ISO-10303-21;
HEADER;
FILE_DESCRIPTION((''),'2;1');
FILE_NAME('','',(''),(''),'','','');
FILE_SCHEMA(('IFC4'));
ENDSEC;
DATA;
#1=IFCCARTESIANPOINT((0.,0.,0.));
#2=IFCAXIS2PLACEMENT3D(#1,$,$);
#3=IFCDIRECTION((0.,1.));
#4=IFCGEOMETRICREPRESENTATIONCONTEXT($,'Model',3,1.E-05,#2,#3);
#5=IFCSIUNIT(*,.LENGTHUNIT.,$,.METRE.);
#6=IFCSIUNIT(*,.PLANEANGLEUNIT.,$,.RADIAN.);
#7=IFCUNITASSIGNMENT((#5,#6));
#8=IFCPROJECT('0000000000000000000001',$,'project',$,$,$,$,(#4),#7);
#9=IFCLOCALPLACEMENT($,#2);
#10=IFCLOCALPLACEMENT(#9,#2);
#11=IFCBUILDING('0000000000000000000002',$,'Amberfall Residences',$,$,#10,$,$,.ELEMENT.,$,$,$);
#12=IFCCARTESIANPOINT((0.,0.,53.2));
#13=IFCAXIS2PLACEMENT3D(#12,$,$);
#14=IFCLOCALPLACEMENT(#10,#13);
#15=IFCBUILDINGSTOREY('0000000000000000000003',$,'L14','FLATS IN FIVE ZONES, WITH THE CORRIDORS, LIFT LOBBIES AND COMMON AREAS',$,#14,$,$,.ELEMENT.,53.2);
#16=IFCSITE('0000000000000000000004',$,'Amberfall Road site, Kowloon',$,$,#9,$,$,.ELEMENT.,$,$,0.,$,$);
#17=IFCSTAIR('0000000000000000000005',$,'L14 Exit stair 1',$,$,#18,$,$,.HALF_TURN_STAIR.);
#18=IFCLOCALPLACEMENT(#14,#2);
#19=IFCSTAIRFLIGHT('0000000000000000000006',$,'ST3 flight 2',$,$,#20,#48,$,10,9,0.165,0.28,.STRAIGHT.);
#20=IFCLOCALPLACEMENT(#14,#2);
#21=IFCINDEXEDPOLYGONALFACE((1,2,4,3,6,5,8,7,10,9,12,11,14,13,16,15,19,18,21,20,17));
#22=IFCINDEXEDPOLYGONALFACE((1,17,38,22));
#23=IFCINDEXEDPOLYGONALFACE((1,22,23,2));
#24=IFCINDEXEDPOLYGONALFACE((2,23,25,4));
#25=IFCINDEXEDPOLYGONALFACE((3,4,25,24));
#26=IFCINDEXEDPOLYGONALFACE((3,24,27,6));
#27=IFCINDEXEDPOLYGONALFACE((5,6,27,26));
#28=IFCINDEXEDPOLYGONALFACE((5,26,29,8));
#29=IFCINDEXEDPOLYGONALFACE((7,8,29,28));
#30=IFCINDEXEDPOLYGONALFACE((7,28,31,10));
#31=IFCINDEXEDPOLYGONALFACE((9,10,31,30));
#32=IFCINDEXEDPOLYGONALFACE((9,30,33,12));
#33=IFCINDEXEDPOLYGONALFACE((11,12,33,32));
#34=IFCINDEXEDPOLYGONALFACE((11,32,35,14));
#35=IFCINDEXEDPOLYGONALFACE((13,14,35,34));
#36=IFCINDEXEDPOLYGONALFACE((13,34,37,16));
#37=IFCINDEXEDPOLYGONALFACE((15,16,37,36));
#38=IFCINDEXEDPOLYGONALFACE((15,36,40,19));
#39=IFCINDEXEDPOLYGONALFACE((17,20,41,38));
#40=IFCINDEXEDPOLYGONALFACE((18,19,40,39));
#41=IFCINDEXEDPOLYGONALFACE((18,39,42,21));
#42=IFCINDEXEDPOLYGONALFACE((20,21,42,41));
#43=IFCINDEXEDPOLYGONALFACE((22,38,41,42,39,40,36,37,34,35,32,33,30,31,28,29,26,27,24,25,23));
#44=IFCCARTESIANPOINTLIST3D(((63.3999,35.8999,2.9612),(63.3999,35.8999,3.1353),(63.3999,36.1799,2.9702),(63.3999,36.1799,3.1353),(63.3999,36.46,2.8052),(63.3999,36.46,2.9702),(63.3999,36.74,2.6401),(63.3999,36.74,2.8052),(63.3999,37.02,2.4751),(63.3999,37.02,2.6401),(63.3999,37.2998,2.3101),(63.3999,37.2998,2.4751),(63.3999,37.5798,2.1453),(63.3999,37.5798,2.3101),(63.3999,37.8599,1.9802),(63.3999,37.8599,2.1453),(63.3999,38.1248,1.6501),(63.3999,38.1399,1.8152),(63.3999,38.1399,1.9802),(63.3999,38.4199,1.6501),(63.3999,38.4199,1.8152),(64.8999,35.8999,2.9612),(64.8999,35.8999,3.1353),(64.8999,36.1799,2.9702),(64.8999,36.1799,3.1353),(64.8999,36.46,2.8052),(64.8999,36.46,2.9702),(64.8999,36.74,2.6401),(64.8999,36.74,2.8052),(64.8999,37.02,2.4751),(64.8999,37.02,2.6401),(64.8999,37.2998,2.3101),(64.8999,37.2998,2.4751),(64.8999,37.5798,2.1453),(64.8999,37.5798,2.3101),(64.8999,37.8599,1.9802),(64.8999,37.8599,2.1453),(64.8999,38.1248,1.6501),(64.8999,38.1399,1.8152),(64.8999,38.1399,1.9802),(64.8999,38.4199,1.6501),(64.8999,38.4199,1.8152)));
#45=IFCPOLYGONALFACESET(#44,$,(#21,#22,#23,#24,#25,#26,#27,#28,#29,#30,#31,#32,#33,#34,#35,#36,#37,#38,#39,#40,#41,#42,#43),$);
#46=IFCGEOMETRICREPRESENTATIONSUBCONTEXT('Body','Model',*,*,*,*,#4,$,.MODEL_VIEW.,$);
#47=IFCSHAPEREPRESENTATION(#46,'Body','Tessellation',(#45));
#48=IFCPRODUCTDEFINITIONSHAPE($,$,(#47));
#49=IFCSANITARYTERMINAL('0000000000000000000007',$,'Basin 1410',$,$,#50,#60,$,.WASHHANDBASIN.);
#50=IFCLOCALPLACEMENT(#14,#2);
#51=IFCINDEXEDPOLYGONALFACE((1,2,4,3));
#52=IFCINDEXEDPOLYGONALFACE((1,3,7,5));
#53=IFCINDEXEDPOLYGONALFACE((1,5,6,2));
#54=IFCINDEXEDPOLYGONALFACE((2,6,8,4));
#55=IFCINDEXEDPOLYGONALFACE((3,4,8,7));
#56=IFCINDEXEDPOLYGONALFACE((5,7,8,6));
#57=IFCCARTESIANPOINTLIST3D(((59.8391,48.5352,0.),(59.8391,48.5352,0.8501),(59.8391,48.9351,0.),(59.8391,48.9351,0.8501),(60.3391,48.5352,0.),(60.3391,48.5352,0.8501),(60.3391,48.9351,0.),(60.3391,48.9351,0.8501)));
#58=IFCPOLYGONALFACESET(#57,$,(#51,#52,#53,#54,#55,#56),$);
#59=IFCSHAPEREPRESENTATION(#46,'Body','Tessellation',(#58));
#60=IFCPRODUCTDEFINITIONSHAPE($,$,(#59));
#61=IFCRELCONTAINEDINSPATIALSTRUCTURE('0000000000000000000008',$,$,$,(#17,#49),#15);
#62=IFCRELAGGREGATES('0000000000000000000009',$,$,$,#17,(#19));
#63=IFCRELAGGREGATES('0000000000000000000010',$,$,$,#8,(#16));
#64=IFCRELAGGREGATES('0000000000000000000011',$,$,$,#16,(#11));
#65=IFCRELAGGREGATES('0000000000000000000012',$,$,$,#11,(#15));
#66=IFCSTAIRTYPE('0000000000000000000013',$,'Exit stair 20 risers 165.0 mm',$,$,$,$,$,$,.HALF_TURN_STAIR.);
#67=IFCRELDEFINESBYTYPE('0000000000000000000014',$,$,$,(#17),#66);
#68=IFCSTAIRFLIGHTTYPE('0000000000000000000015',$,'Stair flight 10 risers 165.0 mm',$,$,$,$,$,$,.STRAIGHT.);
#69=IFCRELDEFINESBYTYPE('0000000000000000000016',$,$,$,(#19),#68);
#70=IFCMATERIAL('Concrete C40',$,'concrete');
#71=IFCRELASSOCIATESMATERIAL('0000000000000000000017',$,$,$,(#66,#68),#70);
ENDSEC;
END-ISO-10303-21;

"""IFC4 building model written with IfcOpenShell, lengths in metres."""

from ifc_helpers import new_model, si_unit, direction, frame, origin, origin_2d, place, context, subcontext, project, spatial, polyline, rectangle, outline, extrude, material, type_object, element, aggregate, save


model = new_model("IFC4")

# Units and contexts
model_context = context("Model", 3, precision=1e-05, world=origin(), true_north=direction((0.0, 1.0)))
body_context = subcontext(model_context, "Body", "Model", "MODEL_VIEW")
ifc_project = project(units=[si_unit("LENGTHUNIT", "METRE"), si_unit("PLANEANGLEUNIT", "RADIAN")], contexts=[model_context])

# Site, building, storey
site_placement = place(None, origin())
site = spatial("IfcSite", under=ifc_project, at=site_placement, Name="Amberfall Road site, Kowloon", CompositionType="ELEMENT", RefElevation=0.0)
building_placement = place(site_placement, origin())
building = spatial("IfcBuilding", under=site, at=building_placement, Name="Amberfall Residences", CompositionType="ELEMENT")
storey_placement = place(building_placement, frame((0.0, 0.0, 53.2)))
storey = spatial("IfcBuildingStorey", under=building, at=storey_placement, Name="L14", Description="FLATS IN FIVE ZONES, WITH THE CORRIDORS, LIFT LOBBIES AND COMMON AREAS", CompositionType="ELEMENT", Elevation=53.2)

# Stair, stair flight
ifc_material_1 = material(Name="Concrete C40", Category="concrete")
stair_type = type_object("IfcStairType", Name="Exit stair 20 risers 165.0 mm", PredefinedType="HALF_TURN_STAIR", material=ifc_material_1)
stair_placement = place(storey_placement, origin())
stair = element("IfcStair", 1, at=stair_placement, inside=storey, type_object=stair_type, Name="L14 Exit stair 1", PredefinedType="HALF_TURN_STAIR")
stair_flight_type = type_object("IfcStairFlightType", Name="Stair flight 10 risers 165.0 mm", PredefinedType="STRAIGHT", material=ifc_material_1)
stair_flight_placement = place(storey_placement, frame((64.1499, 38.4199, 1.6501), z_axis=(0.0, 0.0, 1.0), x_axis=(0.0, -1.0, 0.0)))
stair_flight = element("IfcStairFlight", 2, at=stair_flight_placement, type_object=stair_flight_type, Name="ST3 flight 2", NumberOfRisers=10, NumberOfTreads=9, PredefinedType="STRAIGHT", RiserHeight=0.165, TreadLength=0.28, context=body_context, shape_type="SweptSolid", body=[
    extrude(outline(polyline([(0.0, 0.0), (0.0, 0.165), (0.28, 0.165), (0.28, 0.3301), (0.5601, 0.3301), (0.5601, 0.4951), (0.8401, 0.4951), (0.8401, 0.6599), (1.1201, 0.6599), (1.1201, 0.825), (1.3999, 0.825), (1.3999, 0.99), (1.6799, 0.99), (1.6799, 1.155), (1.96, 1.155), (1.96, 1.3201), (2.24, 1.3201), (2.24, 1.4851), (2.52, 1.4851), (2.52, 1.6499), (2.52, 1.311), (0.2952, 0.0), (0.0, 0.0)])), frame((0.0, 0.75, 0.0), z_axis=(0.0, -1.0, 0.0), x_axis=(1.0, 0.0, 0.0)), (0.0, 0.0, 1.0), 1.5),
])
aggregate(stair, [stair_flight])

# Sanitary terminal
sanitary_terminal_placement = place(storey_placement, frame((60.0891, 48.7351, 0.0), z_axis=(0.0, 0.0, 1.0), x_axis=(1.0, 0.0, 0.0)))
element("IfcSanitaryTerminal", 3, at=sanitary_terminal_placement, inside=storey, Name="Basin 1410", PredefinedType="WASHHANDBASIN", context=body_context, shape_type="SweptSolid", body=[
    extrude(rectangle(XDim=0.5, YDim=0.3999, at=origin_2d()), origin(), (0.0, 0.0, 1.0), 0.8501),
])

save(model, "model.ifc")
